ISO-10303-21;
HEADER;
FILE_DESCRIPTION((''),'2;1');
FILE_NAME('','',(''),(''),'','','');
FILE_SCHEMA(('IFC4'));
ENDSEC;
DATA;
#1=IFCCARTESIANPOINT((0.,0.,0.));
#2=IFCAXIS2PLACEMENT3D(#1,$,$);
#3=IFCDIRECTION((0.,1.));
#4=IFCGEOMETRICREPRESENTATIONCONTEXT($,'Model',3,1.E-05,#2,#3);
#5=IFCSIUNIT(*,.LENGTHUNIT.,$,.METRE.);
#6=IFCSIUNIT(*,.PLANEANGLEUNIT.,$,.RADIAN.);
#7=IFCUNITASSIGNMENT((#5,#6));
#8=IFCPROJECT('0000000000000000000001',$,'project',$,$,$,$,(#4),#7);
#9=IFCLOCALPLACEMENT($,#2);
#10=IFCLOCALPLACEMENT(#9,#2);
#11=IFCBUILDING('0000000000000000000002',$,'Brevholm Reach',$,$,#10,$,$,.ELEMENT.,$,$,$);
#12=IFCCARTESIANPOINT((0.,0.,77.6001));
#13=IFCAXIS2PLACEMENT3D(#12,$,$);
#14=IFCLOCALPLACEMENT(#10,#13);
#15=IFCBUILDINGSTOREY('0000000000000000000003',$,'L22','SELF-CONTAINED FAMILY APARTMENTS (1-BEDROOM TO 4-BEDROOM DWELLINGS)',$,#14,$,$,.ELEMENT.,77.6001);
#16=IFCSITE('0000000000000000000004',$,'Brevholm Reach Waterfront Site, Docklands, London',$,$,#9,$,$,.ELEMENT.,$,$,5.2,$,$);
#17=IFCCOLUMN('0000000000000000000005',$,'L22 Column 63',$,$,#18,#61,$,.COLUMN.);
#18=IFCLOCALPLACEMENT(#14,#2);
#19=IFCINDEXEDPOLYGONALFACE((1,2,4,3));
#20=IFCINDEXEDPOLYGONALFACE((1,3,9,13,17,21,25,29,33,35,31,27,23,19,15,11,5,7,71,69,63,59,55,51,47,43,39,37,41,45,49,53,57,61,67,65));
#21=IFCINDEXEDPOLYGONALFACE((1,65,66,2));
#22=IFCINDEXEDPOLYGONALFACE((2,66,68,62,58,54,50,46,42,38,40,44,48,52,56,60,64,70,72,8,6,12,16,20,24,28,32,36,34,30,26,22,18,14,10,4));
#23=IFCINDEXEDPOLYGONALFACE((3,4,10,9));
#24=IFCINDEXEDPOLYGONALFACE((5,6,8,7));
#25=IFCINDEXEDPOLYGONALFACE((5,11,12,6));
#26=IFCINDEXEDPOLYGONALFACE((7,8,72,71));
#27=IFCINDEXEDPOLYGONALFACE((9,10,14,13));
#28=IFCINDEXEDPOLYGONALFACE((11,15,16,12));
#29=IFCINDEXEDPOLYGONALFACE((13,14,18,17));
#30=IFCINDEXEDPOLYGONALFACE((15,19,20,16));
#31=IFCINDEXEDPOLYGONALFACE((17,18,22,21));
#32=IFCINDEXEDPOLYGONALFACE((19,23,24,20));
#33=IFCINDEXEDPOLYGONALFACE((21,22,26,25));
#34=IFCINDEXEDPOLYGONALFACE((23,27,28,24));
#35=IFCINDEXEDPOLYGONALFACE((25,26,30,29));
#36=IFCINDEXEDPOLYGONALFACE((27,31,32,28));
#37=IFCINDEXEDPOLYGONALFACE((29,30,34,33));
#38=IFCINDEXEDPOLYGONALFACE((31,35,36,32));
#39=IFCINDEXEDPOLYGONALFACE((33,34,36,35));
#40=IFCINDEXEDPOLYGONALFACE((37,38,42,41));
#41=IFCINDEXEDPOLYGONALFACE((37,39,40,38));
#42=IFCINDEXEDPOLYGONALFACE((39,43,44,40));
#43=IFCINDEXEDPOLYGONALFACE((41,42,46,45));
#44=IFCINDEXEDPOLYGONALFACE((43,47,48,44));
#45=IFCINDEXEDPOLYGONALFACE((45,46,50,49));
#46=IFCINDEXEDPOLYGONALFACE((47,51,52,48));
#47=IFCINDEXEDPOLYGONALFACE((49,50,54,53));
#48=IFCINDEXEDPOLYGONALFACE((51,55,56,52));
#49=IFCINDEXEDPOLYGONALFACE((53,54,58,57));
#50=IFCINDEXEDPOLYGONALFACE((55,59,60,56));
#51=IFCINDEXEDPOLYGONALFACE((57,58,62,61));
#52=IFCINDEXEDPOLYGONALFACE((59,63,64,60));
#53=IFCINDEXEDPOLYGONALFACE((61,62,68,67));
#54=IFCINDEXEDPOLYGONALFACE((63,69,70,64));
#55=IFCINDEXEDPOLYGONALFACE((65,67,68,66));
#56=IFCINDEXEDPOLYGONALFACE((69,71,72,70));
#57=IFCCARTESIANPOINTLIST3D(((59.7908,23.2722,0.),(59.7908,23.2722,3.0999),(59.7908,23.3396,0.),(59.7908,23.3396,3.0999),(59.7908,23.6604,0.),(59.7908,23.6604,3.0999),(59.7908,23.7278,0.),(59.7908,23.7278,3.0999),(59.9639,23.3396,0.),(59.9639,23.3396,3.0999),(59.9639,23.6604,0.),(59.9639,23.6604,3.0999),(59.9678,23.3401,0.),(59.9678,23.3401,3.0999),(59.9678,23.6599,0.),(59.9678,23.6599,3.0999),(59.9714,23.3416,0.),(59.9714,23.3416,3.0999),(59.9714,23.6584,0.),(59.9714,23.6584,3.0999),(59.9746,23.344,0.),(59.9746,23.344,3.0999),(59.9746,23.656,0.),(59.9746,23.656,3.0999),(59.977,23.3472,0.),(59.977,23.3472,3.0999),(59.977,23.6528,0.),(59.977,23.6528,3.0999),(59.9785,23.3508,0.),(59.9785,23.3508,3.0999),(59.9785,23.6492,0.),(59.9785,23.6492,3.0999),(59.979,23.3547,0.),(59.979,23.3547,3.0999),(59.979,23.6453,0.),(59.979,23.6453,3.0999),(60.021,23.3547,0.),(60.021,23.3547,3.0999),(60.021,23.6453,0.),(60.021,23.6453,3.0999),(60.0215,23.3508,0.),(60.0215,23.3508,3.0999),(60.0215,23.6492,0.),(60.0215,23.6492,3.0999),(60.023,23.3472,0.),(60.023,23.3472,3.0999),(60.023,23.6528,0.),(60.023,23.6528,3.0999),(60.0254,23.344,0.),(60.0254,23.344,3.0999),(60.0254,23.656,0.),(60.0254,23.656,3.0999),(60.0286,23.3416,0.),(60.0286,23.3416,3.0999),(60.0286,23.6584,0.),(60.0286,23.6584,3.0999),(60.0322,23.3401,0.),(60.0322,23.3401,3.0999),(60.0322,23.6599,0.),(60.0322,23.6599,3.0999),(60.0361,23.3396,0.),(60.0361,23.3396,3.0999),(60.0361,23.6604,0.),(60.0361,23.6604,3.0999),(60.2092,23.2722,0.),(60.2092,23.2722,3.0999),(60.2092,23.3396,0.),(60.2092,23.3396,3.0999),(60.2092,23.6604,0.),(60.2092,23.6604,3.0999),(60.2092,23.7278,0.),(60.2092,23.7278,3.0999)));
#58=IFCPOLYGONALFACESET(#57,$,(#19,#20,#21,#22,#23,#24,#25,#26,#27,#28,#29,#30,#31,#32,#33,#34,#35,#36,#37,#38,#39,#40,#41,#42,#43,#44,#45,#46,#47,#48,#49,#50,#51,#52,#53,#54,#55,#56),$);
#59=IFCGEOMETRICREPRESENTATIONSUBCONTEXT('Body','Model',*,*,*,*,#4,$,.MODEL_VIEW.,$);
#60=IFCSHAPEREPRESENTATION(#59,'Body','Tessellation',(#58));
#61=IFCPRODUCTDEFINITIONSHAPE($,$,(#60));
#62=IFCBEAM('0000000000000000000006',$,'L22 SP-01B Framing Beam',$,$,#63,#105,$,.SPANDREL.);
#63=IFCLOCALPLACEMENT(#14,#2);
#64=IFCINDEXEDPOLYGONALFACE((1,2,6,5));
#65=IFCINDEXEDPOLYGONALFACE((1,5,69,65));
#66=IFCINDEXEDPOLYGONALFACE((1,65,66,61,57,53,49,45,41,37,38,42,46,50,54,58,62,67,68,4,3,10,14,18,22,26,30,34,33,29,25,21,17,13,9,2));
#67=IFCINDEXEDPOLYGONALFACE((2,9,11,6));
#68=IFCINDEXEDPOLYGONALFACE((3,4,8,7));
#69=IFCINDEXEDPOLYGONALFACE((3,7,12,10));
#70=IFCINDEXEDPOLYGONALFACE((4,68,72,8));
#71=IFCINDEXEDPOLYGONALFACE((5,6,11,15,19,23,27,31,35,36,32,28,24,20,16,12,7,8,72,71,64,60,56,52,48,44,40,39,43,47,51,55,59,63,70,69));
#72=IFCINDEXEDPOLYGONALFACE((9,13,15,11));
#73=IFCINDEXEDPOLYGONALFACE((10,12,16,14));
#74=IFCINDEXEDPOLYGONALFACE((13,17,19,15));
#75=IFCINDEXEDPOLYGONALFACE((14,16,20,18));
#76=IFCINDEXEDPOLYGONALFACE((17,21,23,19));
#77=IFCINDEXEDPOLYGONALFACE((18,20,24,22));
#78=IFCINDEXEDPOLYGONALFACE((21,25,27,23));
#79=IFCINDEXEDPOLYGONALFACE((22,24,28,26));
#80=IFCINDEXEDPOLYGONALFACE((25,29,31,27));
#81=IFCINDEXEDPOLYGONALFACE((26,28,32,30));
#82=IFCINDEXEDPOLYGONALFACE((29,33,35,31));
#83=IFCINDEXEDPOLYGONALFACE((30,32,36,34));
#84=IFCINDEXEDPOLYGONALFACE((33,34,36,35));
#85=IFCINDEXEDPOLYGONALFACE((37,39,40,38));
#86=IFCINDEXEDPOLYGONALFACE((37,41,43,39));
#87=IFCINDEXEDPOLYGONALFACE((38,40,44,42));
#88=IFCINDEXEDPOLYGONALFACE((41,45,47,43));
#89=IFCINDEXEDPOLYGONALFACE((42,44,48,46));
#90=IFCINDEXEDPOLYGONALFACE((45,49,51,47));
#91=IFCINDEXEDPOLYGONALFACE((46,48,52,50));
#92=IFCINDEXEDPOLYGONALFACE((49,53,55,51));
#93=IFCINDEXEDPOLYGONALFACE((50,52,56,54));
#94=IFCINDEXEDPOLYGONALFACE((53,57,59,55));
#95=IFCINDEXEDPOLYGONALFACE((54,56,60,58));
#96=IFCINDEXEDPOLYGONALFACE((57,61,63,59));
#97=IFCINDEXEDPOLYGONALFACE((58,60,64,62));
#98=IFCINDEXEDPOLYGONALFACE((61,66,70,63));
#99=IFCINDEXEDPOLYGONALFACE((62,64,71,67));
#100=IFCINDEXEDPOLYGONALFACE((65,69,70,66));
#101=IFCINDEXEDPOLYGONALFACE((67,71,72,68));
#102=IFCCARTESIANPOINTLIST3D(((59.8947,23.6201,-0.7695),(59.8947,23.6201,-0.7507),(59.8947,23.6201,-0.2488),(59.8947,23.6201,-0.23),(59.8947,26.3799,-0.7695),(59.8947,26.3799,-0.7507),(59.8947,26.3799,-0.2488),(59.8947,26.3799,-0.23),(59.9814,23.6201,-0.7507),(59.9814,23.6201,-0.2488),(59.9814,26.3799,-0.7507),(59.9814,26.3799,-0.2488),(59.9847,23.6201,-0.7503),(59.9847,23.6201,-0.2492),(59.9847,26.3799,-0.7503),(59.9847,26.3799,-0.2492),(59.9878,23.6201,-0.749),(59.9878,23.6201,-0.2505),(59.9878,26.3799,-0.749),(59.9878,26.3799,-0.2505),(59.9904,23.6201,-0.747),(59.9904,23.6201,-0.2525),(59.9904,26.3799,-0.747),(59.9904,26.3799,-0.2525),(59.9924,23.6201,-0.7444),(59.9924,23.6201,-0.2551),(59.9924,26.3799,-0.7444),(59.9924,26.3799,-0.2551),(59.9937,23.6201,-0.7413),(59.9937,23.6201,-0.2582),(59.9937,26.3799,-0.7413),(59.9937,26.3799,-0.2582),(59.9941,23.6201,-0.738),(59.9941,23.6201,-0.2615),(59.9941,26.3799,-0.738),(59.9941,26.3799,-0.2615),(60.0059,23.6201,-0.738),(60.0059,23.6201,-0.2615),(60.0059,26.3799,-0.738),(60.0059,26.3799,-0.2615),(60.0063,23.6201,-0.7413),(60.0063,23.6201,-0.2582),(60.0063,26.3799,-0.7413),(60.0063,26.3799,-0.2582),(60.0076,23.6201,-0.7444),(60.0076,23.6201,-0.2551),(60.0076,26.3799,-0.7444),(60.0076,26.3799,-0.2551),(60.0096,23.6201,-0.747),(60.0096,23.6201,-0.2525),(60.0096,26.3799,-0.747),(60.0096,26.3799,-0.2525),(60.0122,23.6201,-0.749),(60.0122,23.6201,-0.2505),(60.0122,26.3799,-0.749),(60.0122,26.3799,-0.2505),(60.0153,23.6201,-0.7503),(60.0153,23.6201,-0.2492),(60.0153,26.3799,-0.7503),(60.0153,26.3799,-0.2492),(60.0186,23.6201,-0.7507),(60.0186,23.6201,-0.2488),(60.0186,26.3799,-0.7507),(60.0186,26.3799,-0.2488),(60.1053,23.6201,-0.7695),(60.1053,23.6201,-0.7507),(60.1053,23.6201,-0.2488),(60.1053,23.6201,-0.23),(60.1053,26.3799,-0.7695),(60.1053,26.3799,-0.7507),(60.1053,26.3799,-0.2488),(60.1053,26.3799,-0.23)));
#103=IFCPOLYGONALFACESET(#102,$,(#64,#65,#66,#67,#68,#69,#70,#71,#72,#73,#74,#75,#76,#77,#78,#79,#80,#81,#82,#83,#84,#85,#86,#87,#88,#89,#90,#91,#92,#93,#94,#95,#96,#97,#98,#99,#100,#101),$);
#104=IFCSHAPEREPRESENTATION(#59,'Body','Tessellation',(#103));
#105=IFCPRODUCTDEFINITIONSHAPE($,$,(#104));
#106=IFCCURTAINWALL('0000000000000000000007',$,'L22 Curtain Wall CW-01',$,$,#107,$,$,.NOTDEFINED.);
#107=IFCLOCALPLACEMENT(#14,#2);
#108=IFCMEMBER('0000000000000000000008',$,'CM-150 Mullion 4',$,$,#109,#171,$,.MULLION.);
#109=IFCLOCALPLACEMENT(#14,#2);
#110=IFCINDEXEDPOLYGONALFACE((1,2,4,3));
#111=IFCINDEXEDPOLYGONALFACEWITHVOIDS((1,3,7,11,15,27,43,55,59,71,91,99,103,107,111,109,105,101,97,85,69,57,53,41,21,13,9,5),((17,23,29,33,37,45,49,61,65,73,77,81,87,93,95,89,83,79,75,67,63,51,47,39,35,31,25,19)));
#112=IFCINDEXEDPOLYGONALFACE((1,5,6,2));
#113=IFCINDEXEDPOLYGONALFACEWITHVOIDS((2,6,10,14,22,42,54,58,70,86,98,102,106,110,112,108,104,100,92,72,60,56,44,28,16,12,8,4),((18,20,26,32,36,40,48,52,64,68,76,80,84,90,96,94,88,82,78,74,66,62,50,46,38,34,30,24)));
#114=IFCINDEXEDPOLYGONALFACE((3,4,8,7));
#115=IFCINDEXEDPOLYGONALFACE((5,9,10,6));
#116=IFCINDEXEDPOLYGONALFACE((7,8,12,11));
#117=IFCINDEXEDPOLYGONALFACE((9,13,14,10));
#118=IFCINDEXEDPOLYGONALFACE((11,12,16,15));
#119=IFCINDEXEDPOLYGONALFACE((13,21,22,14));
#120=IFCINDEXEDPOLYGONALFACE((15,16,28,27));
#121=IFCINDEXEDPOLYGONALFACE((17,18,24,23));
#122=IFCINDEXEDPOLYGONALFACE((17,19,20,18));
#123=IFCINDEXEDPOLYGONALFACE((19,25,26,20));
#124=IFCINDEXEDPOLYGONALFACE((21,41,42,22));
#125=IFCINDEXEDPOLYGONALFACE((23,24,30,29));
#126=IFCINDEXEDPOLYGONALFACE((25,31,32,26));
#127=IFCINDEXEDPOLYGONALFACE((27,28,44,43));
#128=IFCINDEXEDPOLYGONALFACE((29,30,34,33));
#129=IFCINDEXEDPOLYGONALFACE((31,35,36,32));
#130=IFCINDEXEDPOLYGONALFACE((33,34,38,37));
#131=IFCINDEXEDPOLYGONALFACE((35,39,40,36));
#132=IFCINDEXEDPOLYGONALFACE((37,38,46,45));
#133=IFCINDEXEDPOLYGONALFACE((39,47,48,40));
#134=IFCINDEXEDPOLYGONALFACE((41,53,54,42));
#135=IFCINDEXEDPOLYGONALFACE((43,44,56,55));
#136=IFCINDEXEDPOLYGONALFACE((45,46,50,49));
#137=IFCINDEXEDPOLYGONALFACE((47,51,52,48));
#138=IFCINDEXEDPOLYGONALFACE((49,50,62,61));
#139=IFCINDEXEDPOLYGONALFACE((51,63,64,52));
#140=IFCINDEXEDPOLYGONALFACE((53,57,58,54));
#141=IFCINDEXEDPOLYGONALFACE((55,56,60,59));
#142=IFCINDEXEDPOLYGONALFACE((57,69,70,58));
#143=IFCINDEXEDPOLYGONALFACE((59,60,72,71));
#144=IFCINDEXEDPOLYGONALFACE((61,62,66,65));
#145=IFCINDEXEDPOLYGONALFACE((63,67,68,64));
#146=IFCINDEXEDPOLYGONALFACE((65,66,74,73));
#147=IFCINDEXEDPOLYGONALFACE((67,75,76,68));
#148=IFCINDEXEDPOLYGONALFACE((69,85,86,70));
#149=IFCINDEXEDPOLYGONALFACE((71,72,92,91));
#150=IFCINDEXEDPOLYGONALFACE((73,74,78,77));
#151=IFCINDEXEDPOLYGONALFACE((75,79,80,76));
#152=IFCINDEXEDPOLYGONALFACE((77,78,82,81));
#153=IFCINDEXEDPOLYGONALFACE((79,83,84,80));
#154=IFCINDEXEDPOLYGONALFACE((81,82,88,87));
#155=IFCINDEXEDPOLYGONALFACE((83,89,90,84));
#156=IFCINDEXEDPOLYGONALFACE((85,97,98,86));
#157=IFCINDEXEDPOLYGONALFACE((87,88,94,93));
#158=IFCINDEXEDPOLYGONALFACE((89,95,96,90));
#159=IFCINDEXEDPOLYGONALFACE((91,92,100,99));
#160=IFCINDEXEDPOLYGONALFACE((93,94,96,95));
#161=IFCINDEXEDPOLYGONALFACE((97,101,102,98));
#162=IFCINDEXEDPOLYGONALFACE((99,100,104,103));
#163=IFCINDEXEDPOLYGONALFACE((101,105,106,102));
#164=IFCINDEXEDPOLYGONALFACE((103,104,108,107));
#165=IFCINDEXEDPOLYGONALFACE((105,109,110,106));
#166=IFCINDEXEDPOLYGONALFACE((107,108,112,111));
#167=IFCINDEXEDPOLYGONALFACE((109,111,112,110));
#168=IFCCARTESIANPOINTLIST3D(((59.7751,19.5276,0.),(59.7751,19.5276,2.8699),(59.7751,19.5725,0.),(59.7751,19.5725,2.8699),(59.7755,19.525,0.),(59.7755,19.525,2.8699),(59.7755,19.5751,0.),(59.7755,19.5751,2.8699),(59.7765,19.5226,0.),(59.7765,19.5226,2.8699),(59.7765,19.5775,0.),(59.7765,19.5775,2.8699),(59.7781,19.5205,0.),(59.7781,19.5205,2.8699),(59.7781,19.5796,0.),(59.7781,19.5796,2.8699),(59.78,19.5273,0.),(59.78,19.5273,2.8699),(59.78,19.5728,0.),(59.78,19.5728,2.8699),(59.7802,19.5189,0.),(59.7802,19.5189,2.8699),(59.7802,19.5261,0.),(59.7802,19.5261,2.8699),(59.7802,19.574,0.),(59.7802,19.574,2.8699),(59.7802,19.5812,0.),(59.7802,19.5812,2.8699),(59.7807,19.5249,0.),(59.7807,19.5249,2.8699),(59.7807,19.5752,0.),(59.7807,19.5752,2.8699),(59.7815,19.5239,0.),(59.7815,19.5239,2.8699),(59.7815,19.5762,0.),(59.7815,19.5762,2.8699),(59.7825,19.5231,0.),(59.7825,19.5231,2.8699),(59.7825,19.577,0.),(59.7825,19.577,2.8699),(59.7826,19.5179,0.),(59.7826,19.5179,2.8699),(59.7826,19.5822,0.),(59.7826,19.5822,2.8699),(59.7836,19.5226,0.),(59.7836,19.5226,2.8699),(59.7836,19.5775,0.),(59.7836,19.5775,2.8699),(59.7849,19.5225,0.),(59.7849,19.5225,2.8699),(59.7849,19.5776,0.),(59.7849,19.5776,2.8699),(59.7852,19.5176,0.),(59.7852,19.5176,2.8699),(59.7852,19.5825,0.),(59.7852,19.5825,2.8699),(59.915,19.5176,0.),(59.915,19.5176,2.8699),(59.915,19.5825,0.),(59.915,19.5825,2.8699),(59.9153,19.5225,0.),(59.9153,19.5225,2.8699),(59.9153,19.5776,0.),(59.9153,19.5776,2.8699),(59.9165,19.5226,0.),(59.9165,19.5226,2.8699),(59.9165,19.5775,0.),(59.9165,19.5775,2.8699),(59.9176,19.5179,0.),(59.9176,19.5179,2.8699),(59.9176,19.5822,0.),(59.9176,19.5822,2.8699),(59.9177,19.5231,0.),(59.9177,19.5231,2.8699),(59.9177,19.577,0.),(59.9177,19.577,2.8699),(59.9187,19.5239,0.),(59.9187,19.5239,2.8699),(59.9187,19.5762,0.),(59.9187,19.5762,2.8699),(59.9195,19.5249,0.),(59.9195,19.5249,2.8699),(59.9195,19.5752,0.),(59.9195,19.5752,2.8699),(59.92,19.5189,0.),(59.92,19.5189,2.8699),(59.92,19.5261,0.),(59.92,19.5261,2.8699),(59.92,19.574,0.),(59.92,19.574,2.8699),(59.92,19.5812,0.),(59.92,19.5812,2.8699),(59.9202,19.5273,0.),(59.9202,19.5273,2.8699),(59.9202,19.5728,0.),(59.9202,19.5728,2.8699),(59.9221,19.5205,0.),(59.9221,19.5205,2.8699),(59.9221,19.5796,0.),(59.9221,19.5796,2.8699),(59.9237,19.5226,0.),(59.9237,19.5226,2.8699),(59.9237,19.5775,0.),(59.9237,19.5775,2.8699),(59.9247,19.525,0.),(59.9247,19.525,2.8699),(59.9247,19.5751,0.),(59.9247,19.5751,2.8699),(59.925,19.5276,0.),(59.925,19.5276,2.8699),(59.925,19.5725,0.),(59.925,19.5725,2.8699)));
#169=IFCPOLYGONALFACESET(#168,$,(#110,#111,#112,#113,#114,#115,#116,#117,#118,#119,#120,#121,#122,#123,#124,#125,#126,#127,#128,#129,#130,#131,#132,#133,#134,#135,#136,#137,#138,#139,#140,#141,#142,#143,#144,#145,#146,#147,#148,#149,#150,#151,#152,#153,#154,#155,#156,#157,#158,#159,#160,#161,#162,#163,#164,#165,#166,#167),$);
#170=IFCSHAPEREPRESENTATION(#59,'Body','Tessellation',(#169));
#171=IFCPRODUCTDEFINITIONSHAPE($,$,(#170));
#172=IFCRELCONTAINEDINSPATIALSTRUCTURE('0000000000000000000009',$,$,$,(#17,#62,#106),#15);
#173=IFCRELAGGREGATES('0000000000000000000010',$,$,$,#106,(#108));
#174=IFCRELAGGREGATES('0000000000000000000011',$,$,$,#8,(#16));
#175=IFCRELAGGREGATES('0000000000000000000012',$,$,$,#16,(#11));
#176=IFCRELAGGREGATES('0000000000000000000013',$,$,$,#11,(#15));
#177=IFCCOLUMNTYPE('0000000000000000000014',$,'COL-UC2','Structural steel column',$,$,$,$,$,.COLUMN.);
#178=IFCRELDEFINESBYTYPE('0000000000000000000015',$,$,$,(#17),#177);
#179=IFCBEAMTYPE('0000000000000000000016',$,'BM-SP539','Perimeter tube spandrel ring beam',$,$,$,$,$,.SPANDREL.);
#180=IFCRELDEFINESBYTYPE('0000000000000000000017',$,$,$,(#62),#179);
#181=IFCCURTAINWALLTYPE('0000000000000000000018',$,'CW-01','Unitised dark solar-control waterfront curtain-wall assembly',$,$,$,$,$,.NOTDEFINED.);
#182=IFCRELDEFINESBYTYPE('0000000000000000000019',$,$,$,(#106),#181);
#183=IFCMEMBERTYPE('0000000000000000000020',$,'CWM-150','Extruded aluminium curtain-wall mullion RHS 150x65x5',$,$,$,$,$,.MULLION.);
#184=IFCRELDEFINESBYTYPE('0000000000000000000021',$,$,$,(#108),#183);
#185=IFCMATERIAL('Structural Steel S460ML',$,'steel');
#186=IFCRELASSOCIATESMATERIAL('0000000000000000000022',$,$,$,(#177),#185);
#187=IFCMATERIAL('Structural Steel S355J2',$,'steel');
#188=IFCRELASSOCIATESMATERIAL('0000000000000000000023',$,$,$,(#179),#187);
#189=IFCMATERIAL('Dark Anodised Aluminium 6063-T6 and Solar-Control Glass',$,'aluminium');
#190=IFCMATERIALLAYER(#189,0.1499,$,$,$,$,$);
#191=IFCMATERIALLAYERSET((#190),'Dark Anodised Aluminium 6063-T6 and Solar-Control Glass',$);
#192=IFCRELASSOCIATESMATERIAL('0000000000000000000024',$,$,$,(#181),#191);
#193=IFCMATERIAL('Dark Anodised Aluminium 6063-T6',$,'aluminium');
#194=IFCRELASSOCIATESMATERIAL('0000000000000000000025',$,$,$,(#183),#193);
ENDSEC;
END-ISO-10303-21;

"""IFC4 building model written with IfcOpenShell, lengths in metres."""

from ifc_helpers import new_model, si_unit, direction, frame, origin, origin_2d, place, context, subcontext, project, spatial, hollow_rectangle, i_section, extrude, material, layer, layer_set, material_profile, profile_set, type_object, element, aggregate, save


model = new_model("IFC4")

# Units and contexts
model_context = context("Model", 3, precision=1e-05, world=origin(), true_north=direction((0.0, 1.0)))
body_context = subcontext(model_context, "Body", "Model", "MODEL_VIEW")
ifc_project = project(units=[si_unit("LENGTHUNIT", "METRE"), si_unit("PLANEANGLEUNIT", "RADIAN")], contexts=[model_context])

# Site, building, storey
site_placement = place(None, origin())
site = spatial("IfcSite", under=ifc_project, at=site_placement, Name="Brevholm Reach Waterfront Site, Docklands, London", CompositionType="ELEMENT", RefElevation=5.2)
building_placement = place(site_placement, origin())
building = spatial("IfcBuilding", under=site, at=building_placement, Name="Brevholm Reach", CompositionType="ELEMENT")
storey_placement = place(building_placement, frame((0.0, 0.0, 77.6001)))
storey = spatial("IfcBuildingStorey", under=building, at=storey_placement, Name="L22", Description="SELF-CONTAINED FAMILY APARTMENTS (1-BEDROOM TO 4-BEDROOM DWELLINGS)", CompositionType="ELEMENT", Elevation=77.6001)

# Column
ifc_material_1 = material(Name="Structural Steel S460ML", Category="steel")
ifc_material_profile_1 = material_profile(ifc_material_1, i_section(OverallWidth=0.4185, OverallDepth=0.4556, WebThickness=0.042, FlangeThickness=0.0674, FilletRadius=0.0151, at=origin_2d()), Name="UKC 356x406x551")
ifc_profile_set_1 = profile_set([ifc_material_profile_1], Name="Structural Steel S460ML")
column_type = type_object("IfcColumnType", Name="COL-UC2", Description="Structural steel column", PredefinedType="COLUMN", material=ifc_profile_set_1)
column_placement = place(storey_placement, frame((60.0, 23.5, 0.0), z_axis=(0.0, 0.0, 1.0), x_axis=(1.0, 0.0, 0.0)))
element("IfcColumn", 1, at=column_placement, inside=storey, type_object=column_type, Name="L22 Column 63", PredefinedType="COLUMN", context=body_context, shape_type="SweptSolid", body=[
    extrude(i_section(OverallWidth=0.4185, OverallDepth=0.4556, WebThickness=0.042, FlangeThickness=0.0674, FilletRadius=0.0151, at=origin_2d()), origin(), (0.0, 0.0, 1.0), 3.0999),
])

# Beam
ifc_material_2 = material(Name="Structural Steel S355J2", Category="steel")
ifc_material_profile_2 = material_profile(ifc_material_2, i_section(OverallWidth=0.2107, OverallDepth=0.5396, WebThickness=0.0117, FlangeThickness=0.0188, FilletRadius=0.0127, at=origin_2d()), Name="UKB 533x210x109")
ifc_profile_set_2 = profile_set([ifc_material_profile_2], Name="Structural Steel S355J2")
beam_type = type_object("IfcBeamType", Name="BM-SP539", Description="Perimeter tube spandrel ring beam", PredefinedType="SPANDREL", material=ifc_profile_set_2)
beam_placement = place(storey_placement, frame((60.0, 23.6201, -0.4998), z_axis=(0.0, 1.0, 0.0), x_axis=(-1.0, 0.0, 0.0)))
element("IfcBeam", 2, at=beam_placement, inside=storey, type_object=beam_type, Name="L22 SP-01B Framing Beam", PredefinedType="SPANDREL", context=body_context, shape_type="SweptSolid", body=[
    extrude(i_section(OverallWidth=0.2107, OverallDepth=0.5396, WebThickness=0.0117, FlangeThickness=0.0188, FilletRadius=0.0127, at=origin_2d()), origin(), (0.0, 0.0, 1.0), 2.7598),
])

# Curtain wall, member
ifc_material_3 = material(Name="Dark Anodised Aluminium 6063-T6 and Solar-Control Glass", Category="aluminium")
ifc_layer_1 = layer(ifc_material_3, 0.1499)
ifc_layer_set_1 = layer_set([ifc_layer_1], Name="Dark Anodised Aluminium 6063-T6 and Solar-Control Glass")
curtain_wall_type = type_object("IfcCurtainWallType", Name="CW-01", Description="Unitised dark solar-control waterfront curtain-wall assembly", PredefinedType="NOTDEFINED", material=ifc_layer_set_1)
curtain_wall_placement = place(storey_placement, origin())
curtain_wall = element("IfcCurtainWall", 3, at=curtain_wall_placement, inside=storey, type_object=curtain_wall_type, Name="L22 Curtain Wall CW-01", PredefinedType="NOTDEFINED")
ifc_material_4 = material(Name="Dark Anodised Aluminium 6063-T6", Category="aluminium")
ifc_material_profile_3 = material_profile(ifc_material_4, hollow_rectangle(XDim=0.0649, YDim=0.1499, WallThickness=0.0049, InnerFilletRadius=0.0049, OuterFilletRadius=0.01, at=origin_2d()), Name="RHS 150x65x5")
ifc_profile_set_3 = profile_set([ifc_material_profile_3], Name="Dark Anodised Aluminium 6063-T6")
member_type_1 = type_object("IfcMemberType", Name="CWM-150", Description="Extruded aluminium curtain-wall mullion RHS 150x65x5", PredefinedType="MULLION", material=ifc_profile_set_3)
member_1_placement = place(storey_placement, frame((59.8501, 19.55, 0.0), z_axis=(0.0, 0.0, 1.0), x_axis=(0.0, 1.0, 0.0)))
member_1 = element("IfcMember", 4, at=member_1_placement, type_object=member_type_1, Name="CM-150 Mullion 4", PredefinedType="MULLION", context=body_context, shape_type="SweptSolid", body=[
    extrude(hollow_rectangle(XDim=0.0649, YDim=0.1499, WallThickness=0.0049, InnerFilletRadius=0.0049, OuterFilletRadius=0.01, at=origin_2d()), origin(), (0.0, 0.0, 1.0), 2.8699),
])
aggregate(curtain_wall, [member_1])

save(model, "model.ifc")
